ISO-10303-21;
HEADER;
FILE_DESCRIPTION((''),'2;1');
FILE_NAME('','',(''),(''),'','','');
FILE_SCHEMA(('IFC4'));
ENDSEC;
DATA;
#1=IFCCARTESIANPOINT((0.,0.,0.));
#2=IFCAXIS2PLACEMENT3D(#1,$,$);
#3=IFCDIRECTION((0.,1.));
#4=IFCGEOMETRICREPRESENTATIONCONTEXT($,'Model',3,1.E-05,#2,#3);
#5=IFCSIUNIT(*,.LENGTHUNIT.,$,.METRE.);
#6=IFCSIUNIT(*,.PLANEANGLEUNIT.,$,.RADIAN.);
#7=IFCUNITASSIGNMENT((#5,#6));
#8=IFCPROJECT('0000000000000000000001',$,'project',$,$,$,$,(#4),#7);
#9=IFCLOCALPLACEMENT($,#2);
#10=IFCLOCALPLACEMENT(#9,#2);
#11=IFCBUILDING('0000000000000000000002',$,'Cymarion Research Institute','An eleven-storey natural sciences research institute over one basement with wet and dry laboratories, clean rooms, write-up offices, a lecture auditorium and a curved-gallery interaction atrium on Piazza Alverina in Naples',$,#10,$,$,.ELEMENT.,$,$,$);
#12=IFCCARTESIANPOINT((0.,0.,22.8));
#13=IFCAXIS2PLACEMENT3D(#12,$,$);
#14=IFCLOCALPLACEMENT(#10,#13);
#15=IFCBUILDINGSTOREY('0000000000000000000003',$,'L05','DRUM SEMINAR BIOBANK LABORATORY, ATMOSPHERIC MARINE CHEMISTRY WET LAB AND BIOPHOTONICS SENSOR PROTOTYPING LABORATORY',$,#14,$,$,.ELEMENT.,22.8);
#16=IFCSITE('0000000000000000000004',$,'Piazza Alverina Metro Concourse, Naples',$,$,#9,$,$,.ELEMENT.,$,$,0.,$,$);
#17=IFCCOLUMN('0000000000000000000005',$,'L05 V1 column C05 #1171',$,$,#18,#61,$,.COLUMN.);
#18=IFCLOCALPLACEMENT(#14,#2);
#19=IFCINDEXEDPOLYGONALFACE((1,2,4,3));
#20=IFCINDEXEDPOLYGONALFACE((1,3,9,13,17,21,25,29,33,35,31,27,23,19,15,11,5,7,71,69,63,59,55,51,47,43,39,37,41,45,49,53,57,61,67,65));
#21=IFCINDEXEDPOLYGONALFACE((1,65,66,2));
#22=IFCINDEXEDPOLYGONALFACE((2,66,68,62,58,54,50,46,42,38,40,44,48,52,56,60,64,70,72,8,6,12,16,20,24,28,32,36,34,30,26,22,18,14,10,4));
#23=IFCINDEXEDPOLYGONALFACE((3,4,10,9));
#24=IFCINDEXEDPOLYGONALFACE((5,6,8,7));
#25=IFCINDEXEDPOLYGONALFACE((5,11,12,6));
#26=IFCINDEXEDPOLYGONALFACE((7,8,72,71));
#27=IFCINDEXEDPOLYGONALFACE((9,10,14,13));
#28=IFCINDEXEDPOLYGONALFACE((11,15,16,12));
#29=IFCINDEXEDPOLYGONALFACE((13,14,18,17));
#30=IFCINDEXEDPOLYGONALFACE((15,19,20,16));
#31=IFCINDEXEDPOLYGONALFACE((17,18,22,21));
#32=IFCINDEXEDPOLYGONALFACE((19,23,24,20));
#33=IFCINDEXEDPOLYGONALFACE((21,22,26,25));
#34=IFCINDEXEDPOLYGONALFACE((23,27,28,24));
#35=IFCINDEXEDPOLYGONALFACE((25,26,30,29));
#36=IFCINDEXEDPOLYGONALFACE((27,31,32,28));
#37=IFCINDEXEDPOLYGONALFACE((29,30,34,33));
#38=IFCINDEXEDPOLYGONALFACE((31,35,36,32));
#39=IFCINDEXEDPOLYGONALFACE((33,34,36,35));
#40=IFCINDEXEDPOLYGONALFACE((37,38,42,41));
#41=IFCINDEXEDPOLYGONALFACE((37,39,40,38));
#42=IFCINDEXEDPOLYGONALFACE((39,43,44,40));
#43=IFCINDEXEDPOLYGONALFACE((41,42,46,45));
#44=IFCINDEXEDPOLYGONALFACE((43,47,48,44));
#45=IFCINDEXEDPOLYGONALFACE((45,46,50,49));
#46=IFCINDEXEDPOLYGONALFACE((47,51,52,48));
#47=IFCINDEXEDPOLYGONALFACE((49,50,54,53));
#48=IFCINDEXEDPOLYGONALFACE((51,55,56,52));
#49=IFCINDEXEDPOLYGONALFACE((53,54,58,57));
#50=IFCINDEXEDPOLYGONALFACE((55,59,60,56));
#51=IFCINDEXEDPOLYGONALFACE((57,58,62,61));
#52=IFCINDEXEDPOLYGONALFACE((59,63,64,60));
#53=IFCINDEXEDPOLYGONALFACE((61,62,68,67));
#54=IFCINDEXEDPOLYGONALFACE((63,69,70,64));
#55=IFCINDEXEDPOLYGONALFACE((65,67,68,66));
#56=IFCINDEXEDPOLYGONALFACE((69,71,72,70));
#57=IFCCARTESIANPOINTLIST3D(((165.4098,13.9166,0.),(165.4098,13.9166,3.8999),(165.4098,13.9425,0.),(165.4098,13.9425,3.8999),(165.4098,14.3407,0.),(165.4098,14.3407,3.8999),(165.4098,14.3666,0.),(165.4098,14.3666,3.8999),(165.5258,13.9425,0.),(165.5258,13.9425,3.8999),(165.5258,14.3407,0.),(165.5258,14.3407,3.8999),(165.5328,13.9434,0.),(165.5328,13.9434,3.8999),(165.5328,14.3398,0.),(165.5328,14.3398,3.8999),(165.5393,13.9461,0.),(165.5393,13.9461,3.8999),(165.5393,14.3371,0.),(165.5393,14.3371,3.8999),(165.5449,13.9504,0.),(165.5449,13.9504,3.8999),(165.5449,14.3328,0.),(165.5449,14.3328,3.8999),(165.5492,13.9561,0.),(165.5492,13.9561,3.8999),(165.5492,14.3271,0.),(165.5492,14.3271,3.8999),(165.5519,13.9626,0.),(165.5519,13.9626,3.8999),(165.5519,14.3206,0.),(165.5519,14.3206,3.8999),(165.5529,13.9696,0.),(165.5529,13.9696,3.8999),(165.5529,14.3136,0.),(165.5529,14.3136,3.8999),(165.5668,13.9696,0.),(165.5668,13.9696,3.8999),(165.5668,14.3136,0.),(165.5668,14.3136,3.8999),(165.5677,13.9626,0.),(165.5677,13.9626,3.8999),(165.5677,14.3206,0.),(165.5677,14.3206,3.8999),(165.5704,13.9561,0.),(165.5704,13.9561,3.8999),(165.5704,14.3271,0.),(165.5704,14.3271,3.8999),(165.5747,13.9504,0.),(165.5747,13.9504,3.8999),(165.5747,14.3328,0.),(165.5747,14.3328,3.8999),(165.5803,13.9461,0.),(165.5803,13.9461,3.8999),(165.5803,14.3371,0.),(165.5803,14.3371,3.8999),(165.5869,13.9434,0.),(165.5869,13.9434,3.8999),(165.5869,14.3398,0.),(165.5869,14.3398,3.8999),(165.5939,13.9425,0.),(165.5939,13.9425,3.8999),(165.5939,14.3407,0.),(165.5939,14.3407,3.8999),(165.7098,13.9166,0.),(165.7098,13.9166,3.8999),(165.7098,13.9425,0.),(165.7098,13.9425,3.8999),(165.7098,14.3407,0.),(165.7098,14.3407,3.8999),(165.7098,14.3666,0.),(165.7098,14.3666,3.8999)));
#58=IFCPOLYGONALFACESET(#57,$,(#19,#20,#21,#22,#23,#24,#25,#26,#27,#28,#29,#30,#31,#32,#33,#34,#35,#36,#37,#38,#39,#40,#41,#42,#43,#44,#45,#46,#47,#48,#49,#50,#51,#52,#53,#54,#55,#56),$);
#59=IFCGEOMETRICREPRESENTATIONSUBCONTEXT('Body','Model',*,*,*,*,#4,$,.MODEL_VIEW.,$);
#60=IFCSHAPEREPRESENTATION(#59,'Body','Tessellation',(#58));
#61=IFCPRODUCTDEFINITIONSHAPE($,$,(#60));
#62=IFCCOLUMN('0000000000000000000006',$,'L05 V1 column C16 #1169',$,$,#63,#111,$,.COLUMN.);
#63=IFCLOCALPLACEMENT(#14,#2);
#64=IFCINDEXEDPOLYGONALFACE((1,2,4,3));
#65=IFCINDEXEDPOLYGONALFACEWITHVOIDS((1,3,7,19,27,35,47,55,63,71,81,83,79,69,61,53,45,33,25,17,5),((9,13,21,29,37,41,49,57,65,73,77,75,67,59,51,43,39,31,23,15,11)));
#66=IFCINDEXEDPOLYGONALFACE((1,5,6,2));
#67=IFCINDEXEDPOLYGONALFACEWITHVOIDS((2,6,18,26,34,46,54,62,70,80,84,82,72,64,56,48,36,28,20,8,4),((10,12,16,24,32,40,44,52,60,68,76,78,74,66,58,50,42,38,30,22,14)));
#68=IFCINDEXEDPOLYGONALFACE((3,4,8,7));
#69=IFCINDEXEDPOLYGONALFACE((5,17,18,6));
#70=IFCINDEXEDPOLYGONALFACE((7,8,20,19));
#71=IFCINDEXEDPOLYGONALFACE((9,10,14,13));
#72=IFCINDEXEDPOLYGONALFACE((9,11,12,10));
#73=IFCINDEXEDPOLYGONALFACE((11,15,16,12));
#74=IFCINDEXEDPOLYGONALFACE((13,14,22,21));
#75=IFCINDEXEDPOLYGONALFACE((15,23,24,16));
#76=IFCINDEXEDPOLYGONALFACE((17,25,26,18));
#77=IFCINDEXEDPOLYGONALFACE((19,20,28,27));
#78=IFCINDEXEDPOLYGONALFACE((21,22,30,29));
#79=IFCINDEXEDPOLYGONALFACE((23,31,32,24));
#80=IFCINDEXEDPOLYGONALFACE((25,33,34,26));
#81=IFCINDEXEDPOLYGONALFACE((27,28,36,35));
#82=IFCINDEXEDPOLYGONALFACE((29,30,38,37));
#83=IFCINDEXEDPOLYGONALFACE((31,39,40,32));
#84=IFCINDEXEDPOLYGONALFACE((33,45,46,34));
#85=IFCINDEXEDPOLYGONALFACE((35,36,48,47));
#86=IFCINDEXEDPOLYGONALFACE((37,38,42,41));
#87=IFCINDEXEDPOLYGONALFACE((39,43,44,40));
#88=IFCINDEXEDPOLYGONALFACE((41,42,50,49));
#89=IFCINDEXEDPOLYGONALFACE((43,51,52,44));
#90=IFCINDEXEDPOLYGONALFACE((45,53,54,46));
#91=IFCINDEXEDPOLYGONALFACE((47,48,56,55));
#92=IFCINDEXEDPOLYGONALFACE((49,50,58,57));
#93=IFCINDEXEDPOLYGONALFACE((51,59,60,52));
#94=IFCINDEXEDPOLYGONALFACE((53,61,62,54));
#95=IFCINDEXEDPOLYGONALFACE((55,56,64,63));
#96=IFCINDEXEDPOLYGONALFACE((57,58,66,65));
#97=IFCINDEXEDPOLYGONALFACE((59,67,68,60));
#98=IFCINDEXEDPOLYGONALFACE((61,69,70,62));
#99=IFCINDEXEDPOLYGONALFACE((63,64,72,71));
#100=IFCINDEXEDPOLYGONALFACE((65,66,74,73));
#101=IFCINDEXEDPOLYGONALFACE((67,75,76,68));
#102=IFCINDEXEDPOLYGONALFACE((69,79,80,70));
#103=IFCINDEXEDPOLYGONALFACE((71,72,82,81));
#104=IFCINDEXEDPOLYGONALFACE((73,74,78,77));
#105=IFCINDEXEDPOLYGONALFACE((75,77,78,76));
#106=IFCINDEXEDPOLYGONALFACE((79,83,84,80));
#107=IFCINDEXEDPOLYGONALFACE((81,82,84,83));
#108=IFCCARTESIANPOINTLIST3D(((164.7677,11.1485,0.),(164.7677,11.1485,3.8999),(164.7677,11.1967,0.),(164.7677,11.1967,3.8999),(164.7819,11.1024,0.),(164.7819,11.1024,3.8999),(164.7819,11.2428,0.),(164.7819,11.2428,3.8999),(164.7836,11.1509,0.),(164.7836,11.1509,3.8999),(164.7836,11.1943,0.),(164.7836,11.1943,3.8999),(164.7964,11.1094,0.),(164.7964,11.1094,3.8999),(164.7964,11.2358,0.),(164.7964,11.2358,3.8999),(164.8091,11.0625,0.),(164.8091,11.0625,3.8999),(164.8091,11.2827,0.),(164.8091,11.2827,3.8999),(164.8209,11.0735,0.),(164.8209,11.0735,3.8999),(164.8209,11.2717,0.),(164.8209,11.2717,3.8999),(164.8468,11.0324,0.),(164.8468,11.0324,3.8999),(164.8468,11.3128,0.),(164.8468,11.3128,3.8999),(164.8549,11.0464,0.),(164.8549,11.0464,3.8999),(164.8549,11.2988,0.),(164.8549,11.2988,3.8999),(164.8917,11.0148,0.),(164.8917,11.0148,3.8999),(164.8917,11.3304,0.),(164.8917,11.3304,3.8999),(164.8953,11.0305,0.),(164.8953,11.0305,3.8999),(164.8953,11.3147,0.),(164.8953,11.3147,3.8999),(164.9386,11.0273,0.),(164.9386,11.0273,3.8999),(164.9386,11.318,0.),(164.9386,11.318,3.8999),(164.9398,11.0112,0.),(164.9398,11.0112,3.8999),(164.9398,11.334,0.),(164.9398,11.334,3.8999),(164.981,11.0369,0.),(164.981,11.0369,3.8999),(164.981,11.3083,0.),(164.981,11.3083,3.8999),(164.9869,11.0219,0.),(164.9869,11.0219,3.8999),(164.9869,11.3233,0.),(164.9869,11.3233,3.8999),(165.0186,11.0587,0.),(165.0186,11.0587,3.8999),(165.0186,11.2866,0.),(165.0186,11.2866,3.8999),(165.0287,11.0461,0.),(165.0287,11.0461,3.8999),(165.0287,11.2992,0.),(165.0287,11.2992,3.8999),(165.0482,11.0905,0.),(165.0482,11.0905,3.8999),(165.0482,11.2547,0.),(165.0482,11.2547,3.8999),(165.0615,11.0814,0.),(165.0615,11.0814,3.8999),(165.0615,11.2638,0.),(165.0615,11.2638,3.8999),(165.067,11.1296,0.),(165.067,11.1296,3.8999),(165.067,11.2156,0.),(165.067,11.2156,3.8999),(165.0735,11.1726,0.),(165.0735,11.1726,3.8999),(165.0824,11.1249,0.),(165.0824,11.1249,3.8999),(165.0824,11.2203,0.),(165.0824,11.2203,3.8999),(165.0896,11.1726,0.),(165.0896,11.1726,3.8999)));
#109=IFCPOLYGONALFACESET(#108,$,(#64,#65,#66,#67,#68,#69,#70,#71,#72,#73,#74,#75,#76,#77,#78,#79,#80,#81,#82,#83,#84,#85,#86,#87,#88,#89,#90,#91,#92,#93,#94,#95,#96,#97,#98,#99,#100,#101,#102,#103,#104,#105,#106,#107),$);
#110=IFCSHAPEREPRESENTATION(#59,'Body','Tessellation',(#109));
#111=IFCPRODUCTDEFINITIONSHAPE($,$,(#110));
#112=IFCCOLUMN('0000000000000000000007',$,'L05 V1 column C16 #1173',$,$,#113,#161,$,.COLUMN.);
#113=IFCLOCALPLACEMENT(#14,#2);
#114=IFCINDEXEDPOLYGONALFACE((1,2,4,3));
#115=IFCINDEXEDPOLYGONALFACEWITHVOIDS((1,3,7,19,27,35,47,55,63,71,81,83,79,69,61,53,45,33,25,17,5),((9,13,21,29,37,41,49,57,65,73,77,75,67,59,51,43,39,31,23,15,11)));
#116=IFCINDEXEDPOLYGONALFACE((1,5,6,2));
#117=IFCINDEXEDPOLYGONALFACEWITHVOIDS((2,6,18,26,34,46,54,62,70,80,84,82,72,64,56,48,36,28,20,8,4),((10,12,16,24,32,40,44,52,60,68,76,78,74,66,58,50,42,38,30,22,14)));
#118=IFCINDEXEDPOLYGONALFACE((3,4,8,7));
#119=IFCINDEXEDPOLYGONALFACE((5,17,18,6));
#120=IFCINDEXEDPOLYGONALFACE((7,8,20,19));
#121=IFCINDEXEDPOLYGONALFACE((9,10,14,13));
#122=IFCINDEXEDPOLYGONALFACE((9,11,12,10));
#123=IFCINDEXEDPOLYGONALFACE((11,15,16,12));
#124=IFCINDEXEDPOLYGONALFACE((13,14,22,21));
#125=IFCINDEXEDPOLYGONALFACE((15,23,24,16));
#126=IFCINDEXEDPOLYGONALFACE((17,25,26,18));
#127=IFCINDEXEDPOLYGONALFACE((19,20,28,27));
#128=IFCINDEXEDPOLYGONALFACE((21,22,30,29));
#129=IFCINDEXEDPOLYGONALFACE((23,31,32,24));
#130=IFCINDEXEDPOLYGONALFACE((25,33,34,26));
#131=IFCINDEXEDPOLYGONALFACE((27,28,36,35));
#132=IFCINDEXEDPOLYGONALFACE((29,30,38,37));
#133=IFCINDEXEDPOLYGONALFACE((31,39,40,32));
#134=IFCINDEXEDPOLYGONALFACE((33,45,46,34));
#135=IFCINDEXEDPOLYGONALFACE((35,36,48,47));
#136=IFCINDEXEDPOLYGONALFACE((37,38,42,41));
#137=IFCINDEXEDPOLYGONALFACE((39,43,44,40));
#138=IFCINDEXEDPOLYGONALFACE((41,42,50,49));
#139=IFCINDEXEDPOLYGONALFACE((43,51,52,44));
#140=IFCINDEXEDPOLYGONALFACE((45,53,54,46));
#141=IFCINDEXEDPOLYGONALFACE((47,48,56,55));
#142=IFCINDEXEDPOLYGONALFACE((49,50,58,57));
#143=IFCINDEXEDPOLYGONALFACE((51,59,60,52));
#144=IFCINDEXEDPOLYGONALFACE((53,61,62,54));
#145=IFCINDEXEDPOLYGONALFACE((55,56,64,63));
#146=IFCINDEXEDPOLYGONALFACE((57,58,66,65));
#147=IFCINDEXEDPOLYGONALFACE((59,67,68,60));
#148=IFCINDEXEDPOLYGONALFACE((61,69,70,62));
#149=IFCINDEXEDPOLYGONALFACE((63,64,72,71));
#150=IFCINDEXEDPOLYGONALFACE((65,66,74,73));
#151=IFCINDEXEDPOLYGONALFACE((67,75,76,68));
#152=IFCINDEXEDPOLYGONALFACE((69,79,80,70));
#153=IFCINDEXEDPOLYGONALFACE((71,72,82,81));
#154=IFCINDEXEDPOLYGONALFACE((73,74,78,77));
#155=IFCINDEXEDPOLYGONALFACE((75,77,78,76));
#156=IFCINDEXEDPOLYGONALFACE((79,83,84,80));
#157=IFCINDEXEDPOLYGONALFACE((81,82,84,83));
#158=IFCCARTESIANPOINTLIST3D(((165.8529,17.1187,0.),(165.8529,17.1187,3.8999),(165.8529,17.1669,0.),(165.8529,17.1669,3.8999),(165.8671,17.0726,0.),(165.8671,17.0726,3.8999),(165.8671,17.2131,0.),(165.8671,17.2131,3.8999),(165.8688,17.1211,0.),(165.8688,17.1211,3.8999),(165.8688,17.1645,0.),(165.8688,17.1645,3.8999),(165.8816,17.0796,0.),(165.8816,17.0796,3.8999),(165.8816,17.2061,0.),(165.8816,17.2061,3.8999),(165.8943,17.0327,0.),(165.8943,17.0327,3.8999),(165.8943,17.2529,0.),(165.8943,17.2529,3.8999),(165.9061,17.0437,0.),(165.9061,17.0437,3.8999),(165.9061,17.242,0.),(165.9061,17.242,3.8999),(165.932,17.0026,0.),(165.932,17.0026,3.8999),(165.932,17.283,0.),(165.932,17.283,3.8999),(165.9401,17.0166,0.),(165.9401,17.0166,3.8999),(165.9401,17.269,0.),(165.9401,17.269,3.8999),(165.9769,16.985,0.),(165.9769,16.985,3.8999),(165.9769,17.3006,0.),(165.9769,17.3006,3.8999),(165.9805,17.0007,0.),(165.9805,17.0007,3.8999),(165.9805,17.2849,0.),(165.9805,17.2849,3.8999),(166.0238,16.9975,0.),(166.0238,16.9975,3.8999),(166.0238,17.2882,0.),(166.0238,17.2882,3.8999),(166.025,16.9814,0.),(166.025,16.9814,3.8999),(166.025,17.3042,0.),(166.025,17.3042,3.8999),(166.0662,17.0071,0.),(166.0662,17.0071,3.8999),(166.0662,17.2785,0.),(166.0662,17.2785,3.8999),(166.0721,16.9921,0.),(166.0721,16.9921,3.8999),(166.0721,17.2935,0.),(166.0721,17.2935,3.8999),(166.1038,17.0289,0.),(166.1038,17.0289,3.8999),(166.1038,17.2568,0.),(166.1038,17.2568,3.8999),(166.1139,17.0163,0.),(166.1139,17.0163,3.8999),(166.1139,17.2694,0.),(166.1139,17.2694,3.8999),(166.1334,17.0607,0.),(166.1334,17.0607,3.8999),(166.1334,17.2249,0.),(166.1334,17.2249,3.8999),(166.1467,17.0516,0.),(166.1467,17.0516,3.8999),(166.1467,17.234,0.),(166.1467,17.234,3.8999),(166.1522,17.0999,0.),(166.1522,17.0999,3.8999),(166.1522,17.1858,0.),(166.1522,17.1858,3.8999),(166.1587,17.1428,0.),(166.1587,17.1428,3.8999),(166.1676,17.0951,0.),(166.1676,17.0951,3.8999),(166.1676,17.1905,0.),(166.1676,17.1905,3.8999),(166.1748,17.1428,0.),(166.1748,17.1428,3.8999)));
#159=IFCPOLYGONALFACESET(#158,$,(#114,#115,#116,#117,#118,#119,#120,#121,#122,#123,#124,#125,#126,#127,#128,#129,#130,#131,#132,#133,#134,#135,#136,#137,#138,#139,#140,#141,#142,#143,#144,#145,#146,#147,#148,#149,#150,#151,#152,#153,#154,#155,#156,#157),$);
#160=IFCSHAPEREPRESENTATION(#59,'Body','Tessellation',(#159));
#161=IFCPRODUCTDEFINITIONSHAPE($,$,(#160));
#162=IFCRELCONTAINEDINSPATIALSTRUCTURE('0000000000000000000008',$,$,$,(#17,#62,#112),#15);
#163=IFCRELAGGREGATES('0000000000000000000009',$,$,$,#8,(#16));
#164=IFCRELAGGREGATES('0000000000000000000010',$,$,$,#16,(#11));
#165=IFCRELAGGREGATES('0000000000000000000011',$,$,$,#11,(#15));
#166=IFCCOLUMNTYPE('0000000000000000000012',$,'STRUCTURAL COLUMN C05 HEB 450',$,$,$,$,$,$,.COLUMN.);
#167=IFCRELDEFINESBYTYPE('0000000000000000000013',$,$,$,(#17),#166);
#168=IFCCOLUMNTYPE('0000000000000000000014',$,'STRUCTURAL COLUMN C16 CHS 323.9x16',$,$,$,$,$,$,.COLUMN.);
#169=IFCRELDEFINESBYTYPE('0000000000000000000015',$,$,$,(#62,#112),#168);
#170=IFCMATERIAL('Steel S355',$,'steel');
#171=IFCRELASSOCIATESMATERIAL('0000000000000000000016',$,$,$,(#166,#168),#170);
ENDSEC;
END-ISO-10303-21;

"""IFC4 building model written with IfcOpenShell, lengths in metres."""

from ifc_helpers import new_model, si_unit, direction, frame, origin, origin_2d, place, context, subcontext, project, spatial, hollow_circle, i_section, extrude, material, material_profile, profile_set, type_object, element, save


model = new_model("IFC4")

# Units and contexts
model_context = context("Model", 3, precision=1e-05, world=origin(), true_north=direction((0.0, 1.0)))
body_context = subcontext(model_context, "Body", "Model", "MODEL_VIEW")
ifc_project = project(units=[si_unit("LENGTHUNIT", "METRE"), si_unit("PLANEANGLEUNIT", "RADIAN")], contexts=[model_context])

# Site, building, storey
site_placement = place(None, origin())
site = spatial("IfcSite", under=ifc_project, at=site_placement, Name="Piazza Alverina Metro Concourse, Naples", CompositionType="ELEMENT", RefElevation=0.0)
building_placement = place(site_placement, origin())
building = spatial("IfcBuilding", under=site, at=building_placement, Name="Cymarion Research Institute", Description="An eleven-storey natural sciences research institute over one basement with wet and dry laboratories, clean rooms, write-up offices, a lecture auditorium and a curved-gallery interaction atrium on Piazza Alverina in Naples", CompositionType="ELEMENT")
storey_placement = place(building_placement, frame((0.0, 0.0, 22.8)))
storey = spatial("IfcBuildingStorey", under=building, at=storey_placement, Name="L05", Description="DRUM SEMINAR BIOBANK LABORATORY, ATMOSPHERIC MARINE CHEMISTRY WET LAB AND BIOPHOTONICS SENSOR PROTOTYPING LABORATORY", CompositionType="ELEMENT", Elevation=22.8)

# Columns
ifc_material_1 = material(Name="Steel S355", Category="steel")
ifc_material_profile_1 = material_profile(ifc_material_1, i_section(OverallWidth=0.3, OverallDepth=0.45, WebThickness=0.0139, FlangeThickness=0.0259, FilletRadius=0.0271, at=origin_2d()), Name="HEB 450")
ifc_profile_set_1 = profile_set([ifc_material_profile_1], Name="Steel S355")
column_type_1 = type_object("IfcColumnType", Name="STRUCTURAL COLUMN C05 HEB 450", PredefinedType="COLUMN", material=ifc_profile_set_1)
column_placement = place(storey_placement, frame((165.5598, 14.1416, 0.0), z_axis=(0.0, 0.0, 1.0), x_axis=(1.0, 0.0, 0.0)))
element("IfcColumn", 1, at=column_placement, inside=storey, type_object=column_type_1, Name="L05 V1 column C05 #1171", PredefinedType="COLUMN", context=body_context, shape_type="SweptSolid", body=[
    extrude(i_section(OverallWidth=0.3, OverallDepth=0.45, WebThickness=0.0139, FlangeThickness=0.0259, FilletRadius=0.0271, at=origin_2d()), origin(), (0.0, 0.0, 1.0), 3.8999),
])
ifc_material_profile_2 = material_profile(ifc_material_1, hollow_circle(Radius=0.1619, WallThickness=0.0161, at=origin_2d()), Name="CHS 323.9x16")
ifc_profile_set_2 = profile_set([ifc_material_profile_2], Name="Steel S355")
column_type_2 = type_object("IfcColumnType", Name="STRUCTURAL COLUMN C16 CHS 323.9x16", PredefinedType="COLUMN", material=ifc_profile_set_2)
for number, where, z_axis, x_axis, name in (
    (2, (164.9277, 11.1726, 0.0), (0.0, 0.0, 1.0), (1.0, 0.0, 0.0), "L05 V1 column C16 #1169"),
    (3, (166.0129, 17.1428, 0.0), (0.0, 0.0, 1.0), (1.0, 0.0, 0.0), "L05 V1 column C16 #1173"),
):
    element("IfcColumn", number, at=place(storey_placement, frame(where, z_axis=z_axis, x_axis=x_axis)), inside=storey, type_object=column_type_2, Name=name, PredefinedType="COLUMN", context=body_context, shape_type="SweptSolid", body=[
        extrude(hollow_circle(Radius=0.1619, WallThickness=0.0161, at=origin_2d()), origin(), (0.0, 0.0, 1.0), 3.8999),
    ])

save(model, "model.ifc")
